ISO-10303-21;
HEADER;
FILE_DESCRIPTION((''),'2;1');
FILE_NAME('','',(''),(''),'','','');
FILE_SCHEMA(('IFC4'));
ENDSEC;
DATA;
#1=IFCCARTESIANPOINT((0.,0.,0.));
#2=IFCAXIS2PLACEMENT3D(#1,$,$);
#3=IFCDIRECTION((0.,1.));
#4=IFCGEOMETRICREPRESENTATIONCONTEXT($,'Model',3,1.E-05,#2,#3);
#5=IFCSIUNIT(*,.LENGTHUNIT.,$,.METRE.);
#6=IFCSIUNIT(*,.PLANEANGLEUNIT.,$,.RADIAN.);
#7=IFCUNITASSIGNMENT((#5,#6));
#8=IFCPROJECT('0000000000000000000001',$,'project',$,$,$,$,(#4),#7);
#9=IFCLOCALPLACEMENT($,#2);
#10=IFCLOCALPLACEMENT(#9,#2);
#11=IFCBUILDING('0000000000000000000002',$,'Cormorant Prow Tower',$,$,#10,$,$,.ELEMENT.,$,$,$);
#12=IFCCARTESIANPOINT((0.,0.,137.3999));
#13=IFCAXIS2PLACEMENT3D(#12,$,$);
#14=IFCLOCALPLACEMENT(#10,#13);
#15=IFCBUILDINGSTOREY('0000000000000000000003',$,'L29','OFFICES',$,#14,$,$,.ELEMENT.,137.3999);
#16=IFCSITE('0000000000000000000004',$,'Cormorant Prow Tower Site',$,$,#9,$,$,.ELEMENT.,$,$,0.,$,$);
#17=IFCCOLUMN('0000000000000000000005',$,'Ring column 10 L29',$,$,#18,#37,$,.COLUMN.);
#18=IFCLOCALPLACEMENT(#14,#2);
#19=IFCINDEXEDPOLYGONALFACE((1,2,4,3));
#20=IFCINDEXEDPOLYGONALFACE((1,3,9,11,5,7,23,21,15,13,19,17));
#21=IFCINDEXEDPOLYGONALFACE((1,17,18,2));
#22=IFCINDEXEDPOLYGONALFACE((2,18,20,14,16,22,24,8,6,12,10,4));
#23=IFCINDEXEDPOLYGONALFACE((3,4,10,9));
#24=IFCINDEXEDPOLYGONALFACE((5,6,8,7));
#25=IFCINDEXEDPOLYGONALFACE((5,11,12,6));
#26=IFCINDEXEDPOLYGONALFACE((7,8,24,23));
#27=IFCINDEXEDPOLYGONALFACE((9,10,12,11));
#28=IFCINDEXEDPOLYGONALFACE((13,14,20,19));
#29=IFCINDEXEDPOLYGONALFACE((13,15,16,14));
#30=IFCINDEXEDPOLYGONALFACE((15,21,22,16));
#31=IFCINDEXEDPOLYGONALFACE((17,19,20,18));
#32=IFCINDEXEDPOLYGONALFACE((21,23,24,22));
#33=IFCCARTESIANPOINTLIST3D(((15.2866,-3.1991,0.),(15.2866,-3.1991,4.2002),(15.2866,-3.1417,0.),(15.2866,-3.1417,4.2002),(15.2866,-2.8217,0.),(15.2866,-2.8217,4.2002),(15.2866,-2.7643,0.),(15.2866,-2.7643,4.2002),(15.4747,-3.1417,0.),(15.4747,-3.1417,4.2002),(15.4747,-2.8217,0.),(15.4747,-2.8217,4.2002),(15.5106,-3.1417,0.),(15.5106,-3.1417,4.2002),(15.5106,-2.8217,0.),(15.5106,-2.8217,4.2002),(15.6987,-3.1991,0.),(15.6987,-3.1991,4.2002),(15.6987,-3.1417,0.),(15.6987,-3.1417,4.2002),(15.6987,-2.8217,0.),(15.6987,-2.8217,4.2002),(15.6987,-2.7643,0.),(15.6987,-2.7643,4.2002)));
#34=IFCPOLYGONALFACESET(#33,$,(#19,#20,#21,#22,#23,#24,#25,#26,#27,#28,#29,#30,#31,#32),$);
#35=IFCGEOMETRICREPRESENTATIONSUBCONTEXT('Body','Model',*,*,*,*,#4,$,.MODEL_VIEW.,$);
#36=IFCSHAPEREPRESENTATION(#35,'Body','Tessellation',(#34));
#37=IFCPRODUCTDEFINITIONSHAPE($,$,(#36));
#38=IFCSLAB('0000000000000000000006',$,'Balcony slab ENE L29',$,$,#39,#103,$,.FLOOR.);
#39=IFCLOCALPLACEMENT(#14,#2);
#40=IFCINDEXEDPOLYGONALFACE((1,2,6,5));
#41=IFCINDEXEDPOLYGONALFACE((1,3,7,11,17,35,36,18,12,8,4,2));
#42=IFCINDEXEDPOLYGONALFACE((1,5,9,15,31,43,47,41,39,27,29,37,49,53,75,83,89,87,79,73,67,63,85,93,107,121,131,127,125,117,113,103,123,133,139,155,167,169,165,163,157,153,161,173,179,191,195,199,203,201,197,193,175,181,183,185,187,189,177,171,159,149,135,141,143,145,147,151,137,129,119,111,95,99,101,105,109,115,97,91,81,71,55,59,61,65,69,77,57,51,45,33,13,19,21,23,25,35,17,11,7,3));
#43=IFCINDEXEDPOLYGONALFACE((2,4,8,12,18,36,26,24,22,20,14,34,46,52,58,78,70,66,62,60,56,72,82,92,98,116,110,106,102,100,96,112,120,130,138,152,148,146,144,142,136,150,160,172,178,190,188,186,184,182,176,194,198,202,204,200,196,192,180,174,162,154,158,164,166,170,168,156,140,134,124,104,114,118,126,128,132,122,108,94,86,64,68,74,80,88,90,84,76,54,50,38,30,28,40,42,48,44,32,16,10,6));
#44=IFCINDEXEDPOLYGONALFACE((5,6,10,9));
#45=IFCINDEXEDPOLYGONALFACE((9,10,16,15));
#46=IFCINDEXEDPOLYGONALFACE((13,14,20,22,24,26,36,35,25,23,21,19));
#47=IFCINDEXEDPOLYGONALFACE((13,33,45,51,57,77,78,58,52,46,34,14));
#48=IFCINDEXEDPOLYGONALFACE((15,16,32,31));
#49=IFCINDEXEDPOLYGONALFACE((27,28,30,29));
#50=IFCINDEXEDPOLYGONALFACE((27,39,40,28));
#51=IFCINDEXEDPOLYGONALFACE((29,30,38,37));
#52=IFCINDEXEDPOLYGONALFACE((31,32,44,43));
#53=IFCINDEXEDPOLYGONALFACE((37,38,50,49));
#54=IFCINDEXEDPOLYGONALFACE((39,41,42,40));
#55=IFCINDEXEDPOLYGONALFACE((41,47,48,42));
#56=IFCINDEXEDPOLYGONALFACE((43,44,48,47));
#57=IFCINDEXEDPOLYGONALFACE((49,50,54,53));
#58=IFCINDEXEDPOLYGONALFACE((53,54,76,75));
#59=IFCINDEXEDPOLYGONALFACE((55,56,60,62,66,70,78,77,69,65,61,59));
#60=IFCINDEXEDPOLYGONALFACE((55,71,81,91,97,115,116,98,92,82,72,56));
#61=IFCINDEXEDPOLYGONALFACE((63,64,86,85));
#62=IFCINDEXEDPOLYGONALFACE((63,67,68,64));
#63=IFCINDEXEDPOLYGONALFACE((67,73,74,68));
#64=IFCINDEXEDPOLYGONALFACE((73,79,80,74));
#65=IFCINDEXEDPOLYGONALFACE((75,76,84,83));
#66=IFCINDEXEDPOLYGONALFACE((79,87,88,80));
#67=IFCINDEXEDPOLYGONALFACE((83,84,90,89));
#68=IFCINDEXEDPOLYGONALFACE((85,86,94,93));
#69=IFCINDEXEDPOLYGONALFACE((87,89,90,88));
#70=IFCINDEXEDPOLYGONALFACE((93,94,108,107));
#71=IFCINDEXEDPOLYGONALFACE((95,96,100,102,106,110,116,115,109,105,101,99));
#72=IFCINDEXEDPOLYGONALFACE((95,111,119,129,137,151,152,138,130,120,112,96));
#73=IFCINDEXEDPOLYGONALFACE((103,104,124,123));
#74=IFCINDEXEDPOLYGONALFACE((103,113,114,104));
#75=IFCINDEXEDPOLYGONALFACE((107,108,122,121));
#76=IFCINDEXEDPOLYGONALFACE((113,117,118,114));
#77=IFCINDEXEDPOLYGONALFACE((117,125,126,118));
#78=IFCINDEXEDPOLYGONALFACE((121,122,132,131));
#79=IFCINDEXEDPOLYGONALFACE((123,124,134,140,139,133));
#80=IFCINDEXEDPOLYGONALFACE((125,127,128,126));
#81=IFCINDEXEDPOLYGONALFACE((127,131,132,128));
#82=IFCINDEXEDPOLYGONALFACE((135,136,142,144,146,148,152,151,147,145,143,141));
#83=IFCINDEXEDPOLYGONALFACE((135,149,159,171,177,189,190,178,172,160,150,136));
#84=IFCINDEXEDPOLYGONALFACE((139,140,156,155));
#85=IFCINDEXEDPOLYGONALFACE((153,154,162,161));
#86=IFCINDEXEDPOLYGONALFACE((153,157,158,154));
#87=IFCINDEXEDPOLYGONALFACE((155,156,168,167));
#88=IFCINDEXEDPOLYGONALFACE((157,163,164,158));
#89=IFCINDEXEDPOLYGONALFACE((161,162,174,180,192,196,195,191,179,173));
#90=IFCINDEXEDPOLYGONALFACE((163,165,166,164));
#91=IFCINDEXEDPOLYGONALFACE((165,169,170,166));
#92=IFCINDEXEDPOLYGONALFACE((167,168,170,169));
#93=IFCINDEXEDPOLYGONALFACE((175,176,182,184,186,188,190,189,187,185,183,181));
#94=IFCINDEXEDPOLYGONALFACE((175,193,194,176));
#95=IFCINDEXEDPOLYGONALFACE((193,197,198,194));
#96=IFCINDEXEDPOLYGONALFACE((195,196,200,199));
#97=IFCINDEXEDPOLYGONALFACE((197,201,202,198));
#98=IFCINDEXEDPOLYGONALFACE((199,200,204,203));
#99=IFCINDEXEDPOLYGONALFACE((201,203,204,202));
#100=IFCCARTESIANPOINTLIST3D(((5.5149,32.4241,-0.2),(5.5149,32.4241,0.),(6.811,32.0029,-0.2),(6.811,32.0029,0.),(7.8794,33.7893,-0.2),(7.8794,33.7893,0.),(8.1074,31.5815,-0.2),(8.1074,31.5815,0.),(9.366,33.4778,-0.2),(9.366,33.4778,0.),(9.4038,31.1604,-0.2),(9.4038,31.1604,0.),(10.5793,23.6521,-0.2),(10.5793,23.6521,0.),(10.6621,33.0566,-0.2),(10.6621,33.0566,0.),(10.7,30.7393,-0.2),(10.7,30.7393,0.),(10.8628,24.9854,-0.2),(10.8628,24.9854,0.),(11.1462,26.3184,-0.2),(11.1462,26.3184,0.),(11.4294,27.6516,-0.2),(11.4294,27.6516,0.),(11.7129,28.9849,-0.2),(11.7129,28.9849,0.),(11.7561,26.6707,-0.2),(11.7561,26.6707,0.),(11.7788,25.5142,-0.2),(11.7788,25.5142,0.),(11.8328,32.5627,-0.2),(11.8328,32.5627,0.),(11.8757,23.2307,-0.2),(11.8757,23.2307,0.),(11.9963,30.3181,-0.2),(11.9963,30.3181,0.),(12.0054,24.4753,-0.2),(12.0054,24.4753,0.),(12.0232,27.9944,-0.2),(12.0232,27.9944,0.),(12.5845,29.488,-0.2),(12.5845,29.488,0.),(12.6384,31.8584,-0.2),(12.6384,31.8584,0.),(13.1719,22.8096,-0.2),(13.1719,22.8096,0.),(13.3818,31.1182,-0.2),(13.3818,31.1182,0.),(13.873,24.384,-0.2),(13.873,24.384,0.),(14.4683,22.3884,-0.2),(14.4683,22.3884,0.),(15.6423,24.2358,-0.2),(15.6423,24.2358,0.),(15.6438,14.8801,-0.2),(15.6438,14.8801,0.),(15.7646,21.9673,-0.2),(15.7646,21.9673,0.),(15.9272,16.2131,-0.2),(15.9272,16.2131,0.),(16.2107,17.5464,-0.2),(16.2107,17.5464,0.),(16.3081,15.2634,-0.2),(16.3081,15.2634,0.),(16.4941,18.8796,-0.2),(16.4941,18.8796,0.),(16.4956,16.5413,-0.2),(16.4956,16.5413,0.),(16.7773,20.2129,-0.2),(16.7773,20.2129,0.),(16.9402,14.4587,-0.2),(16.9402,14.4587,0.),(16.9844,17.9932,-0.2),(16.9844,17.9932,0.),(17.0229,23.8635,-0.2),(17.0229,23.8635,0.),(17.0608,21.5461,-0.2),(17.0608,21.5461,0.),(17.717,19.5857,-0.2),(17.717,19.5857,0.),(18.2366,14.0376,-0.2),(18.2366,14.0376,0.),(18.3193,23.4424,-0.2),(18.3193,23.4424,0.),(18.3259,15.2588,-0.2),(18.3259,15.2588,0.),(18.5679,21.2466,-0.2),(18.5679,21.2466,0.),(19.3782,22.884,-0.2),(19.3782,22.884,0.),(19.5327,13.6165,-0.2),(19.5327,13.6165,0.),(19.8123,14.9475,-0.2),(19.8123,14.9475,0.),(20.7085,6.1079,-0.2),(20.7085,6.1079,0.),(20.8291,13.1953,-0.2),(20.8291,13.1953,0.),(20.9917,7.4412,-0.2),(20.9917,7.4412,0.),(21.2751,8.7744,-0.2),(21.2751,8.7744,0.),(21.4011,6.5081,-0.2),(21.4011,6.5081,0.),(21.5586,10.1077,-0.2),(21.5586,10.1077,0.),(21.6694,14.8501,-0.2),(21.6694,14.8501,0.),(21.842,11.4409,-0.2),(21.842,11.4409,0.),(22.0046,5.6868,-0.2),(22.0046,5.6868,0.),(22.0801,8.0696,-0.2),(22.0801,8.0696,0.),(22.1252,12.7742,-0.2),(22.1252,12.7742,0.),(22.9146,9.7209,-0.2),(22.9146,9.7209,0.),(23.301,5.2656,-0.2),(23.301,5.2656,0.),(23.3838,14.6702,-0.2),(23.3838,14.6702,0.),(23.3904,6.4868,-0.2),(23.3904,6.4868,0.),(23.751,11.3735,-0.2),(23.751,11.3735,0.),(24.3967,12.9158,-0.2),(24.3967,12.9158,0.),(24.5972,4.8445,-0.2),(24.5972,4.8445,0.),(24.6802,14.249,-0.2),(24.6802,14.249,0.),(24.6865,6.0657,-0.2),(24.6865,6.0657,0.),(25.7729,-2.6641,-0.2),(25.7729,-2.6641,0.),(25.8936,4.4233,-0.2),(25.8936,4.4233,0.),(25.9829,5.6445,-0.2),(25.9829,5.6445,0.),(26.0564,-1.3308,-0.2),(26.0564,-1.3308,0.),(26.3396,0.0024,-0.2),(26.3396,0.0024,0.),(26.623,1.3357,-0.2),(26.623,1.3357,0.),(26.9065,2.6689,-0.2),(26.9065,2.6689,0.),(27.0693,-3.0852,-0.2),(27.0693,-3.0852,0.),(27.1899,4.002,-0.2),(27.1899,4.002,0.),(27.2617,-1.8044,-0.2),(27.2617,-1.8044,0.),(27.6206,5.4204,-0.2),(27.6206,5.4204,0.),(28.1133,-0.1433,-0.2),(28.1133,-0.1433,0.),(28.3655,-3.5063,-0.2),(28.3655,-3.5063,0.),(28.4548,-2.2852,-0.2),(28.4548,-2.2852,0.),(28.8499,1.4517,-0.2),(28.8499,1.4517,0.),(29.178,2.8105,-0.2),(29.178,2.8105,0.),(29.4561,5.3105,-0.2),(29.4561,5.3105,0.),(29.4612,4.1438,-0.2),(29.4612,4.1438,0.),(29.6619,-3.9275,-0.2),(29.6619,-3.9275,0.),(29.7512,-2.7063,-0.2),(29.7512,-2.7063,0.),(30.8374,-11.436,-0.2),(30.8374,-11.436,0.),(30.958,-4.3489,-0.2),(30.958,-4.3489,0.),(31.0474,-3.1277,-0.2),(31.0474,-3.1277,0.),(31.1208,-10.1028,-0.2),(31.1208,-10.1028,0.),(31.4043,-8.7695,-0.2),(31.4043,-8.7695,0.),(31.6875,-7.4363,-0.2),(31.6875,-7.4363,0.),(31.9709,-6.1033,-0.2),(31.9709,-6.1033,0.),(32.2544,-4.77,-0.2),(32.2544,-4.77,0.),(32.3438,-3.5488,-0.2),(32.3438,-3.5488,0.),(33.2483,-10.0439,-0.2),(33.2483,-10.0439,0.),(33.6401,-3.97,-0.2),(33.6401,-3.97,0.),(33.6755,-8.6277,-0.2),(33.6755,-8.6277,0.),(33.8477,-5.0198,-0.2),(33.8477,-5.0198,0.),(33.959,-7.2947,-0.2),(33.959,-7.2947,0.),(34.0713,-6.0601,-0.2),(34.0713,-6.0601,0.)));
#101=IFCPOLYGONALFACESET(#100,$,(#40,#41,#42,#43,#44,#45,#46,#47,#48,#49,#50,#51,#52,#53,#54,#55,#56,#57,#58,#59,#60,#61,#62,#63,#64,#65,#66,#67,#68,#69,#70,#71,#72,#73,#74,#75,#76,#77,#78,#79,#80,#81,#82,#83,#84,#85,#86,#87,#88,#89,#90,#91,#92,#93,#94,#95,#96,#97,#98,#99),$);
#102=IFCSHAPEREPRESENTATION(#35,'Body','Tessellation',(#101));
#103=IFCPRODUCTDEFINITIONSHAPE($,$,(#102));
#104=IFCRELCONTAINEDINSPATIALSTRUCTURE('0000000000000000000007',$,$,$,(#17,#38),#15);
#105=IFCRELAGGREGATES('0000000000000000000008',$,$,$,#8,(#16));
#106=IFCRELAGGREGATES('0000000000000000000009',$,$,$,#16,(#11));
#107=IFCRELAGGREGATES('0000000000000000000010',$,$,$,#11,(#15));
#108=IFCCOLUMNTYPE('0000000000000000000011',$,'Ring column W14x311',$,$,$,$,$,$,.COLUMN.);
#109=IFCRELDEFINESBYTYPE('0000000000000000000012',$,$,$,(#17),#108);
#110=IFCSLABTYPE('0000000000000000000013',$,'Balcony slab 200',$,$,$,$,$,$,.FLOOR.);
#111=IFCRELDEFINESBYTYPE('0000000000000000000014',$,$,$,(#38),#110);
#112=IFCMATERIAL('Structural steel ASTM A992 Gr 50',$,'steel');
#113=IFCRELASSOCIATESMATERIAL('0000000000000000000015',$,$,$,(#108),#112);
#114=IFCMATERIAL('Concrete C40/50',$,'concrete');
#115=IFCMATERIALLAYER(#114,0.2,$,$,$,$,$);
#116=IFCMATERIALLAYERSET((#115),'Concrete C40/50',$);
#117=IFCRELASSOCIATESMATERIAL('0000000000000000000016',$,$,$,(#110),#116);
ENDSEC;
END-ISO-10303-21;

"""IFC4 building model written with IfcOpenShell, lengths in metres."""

from ifc_helpers import new_model, si_unit, direction, frame, origin, origin_2d, place, context, subcontext, project, spatial, polyline, i_section, outline, extrude, material, layer, layer_set, material_profile, profile_set, type_object, element, save


model = new_model("IFC4")

# Units and contexts
model_context = context("Model", 3, precision=1e-05, world=origin(), true_north=direction((0.0, 1.0)))
body_context = subcontext(model_context, "Body", "Model", "MODEL_VIEW")
ifc_project = project(units=[si_unit("LENGTHUNIT", "METRE"), si_unit("PLANEANGLEUNIT", "RADIAN")], contexts=[model_context])

# Site, building, storey
site_placement = place(None, origin())
site = spatial("IfcSite", under=ifc_project, at=site_placement, Name="Cormorant Prow Tower Site", CompositionType="ELEMENT", RefElevation=0.0)
building_placement = place(site_placement, origin())
building = spatial("IfcBuilding", under=site, at=building_placement, Name="Cormorant Prow Tower", CompositionType="ELEMENT")
storey_placement = place(building_placement, frame((0.0, 0.0, 137.3999)))
storey = spatial("IfcBuildingStorey", under=building, at=storey_placement, Name="L29", Description="OFFICES", CompositionType="ELEMENT", Elevation=137.3999)

# Column
ifc_material_1 = material(Name="Structural steel ASTM A992 Gr 50", Category="steel")
ifc_material_profile = material_profile(ifc_material_1, i_section(OverallWidth=0.4121, OverallDepth=0.4348, WebThickness=0.0359, FlangeThickness=0.0574, at=origin_2d()), Name="W14x311")
ifc_profile_set = profile_set([ifc_material_profile], Name="Structural steel ASTM A992 Gr 50")
column_type = type_object("IfcColumnType", Name="Ring column W14x311", PredefinedType="COLUMN", material=ifc_profile_set)
column_placement = place(storey_placement, frame((15.4927, -2.9817, 0.0), z_axis=(0.0, 0.0, 1.0), x_axis=(1.0, 0.0, 0.0)))
element("IfcColumn", 1, at=column_placement, inside=storey, type_object=column_type, Name="Ring column 10 L29", PredefinedType="COLUMN", context=body_context, shape_type="SweptSolid", body=[
    extrude(i_section(OverallWidth=0.4121, OverallDepth=0.4348, WebThickness=0.0359, FlangeThickness=0.0574, at=origin_2d()), origin(), (0.0, 0.0, 1.0), 4.2002),
])

# Slab
ifc_material_2 = material(Name="Concrete C40/50", Category="concrete")
ifc_layer_1 = layer(ifc_material_2, 0.2)
ifc_layer_set_1 = layer_set([ifc_layer_1], Name="Concrete C40/50")
slab_type = type_object("IfcSlabType", Name="Balcony slab 200", PredefinedType="FLOOR", material=ifc_layer_set_1)
slab_1_placement = place(storey_placement, frame((0.0, 0.0, -0.2)))
element("IfcSlab", 2, at=slab_1_placement, inside=storey, type_object=slab_type, Name="Balcony slab ENE L29", PredefinedType="FLOOR", context=body_context, shape_type="SweptSolid", body=[
    extrude(outline(polyline([(30.8374, -11.436), (33.2483, -10.0439), (33.6755, -8.6277), (33.959, -7.2947), (34.0713, -6.0601), (33.8477, -5.0198), (33.6401, -3.97), (32.3438, -3.5488), (31.0474, -3.1277), (29.7512, -2.7063), (28.4548, -2.2852), (27.2617, -1.8044), (28.1133, -0.1433), (28.8499, 1.4517), (29.178, 2.8105), (29.4612, 4.1438), (29.4561, 5.3105), (27.6206, 5.4204), (25.9829, 5.6445), (24.6865, 6.0657), (23.3904, 6.4868), (21.4011, 6.5081), (22.0801, 8.0696), (22.9146, 9.7209), (23.751, 11.3735), (24.3967, 12.9158), (24.6802, 14.249), (23.3838, 14.6702), (21.6694, 14.8501), (19.8123, 14.9475), (18.3259, 15.2588), (16.3081, 15.2634), (16.4956, 16.5413), (16.9844, 17.9932), (17.717, 19.5857), (18.5679, 21.2466), (19.3782, 22.884), (18.3193, 23.4424), (17.0229, 23.8635), (15.6423, 24.2358), (13.873, 24.384), (12.0054, 24.4753), (11.7788, 25.5142), (11.7561, 26.6707), (12.0232, 27.9944), (12.5845, 29.488), (13.3818, 31.1182), (12.6384, 31.8584), (11.8328, 32.5627), (10.6621, 33.0566), (9.366, 33.4778), (7.8794, 33.7893), (5.5149, 32.4241), (6.811, 32.0029), (8.1074, 31.5815), (9.4038, 31.1604), (10.7, 30.7393), (11.9963, 30.3181), (11.7129, 28.9849), (11.4294, 27.6516), (11.1462, 26.3184), (10.8628, 24.9854), (10.5793, 23.6521), (11.8757, 23.2307), (13.1719, 22.8096), (14.4683, 22.3884), (15.7646, 21.9673), (17.0608, 21.5461), (16.7773, 20.2129), (16.4941, 18.8796), (16.2107, 17.5464), (15.9272, 16.2131), (15.6438, 14.8801), (16.9402, 14.4587), (18.2366, 14.0376), (19.5327, 13.6165), (20.8291, 13.1953), (22.1252, 12.7742), (21.842, 11.4409), (21.5586, 10.1077), (21.2751, 8.7744), (20.9917, 7.4412), (20.7085, 6.1079), (22.0046, 5.6868), (23.301, 5.2656), (24.5972, 4.8445), (25.8936, 4.4233), (27.1899, 4.002), (26.9065, 2.6689), (26.623, 1.3357), (26.3396, 0.0024), (26.0564, -1.3308), (25.7729, -2.6641), (27.0693, -3.0852), (28.3655, -3.5063), (29.6619, -3.9275), (30.958, -4.3489), (32.2544, -4.77), (31.9709, -6.1033), (31.6875, -7.4363), (31.4043, -8.7695), (31.1208, -10.1028), (30.8374, -11.436)])), origin(), (0.0, 0.0, 1.0), 0.2),
])

save(model, "model.ifc")
